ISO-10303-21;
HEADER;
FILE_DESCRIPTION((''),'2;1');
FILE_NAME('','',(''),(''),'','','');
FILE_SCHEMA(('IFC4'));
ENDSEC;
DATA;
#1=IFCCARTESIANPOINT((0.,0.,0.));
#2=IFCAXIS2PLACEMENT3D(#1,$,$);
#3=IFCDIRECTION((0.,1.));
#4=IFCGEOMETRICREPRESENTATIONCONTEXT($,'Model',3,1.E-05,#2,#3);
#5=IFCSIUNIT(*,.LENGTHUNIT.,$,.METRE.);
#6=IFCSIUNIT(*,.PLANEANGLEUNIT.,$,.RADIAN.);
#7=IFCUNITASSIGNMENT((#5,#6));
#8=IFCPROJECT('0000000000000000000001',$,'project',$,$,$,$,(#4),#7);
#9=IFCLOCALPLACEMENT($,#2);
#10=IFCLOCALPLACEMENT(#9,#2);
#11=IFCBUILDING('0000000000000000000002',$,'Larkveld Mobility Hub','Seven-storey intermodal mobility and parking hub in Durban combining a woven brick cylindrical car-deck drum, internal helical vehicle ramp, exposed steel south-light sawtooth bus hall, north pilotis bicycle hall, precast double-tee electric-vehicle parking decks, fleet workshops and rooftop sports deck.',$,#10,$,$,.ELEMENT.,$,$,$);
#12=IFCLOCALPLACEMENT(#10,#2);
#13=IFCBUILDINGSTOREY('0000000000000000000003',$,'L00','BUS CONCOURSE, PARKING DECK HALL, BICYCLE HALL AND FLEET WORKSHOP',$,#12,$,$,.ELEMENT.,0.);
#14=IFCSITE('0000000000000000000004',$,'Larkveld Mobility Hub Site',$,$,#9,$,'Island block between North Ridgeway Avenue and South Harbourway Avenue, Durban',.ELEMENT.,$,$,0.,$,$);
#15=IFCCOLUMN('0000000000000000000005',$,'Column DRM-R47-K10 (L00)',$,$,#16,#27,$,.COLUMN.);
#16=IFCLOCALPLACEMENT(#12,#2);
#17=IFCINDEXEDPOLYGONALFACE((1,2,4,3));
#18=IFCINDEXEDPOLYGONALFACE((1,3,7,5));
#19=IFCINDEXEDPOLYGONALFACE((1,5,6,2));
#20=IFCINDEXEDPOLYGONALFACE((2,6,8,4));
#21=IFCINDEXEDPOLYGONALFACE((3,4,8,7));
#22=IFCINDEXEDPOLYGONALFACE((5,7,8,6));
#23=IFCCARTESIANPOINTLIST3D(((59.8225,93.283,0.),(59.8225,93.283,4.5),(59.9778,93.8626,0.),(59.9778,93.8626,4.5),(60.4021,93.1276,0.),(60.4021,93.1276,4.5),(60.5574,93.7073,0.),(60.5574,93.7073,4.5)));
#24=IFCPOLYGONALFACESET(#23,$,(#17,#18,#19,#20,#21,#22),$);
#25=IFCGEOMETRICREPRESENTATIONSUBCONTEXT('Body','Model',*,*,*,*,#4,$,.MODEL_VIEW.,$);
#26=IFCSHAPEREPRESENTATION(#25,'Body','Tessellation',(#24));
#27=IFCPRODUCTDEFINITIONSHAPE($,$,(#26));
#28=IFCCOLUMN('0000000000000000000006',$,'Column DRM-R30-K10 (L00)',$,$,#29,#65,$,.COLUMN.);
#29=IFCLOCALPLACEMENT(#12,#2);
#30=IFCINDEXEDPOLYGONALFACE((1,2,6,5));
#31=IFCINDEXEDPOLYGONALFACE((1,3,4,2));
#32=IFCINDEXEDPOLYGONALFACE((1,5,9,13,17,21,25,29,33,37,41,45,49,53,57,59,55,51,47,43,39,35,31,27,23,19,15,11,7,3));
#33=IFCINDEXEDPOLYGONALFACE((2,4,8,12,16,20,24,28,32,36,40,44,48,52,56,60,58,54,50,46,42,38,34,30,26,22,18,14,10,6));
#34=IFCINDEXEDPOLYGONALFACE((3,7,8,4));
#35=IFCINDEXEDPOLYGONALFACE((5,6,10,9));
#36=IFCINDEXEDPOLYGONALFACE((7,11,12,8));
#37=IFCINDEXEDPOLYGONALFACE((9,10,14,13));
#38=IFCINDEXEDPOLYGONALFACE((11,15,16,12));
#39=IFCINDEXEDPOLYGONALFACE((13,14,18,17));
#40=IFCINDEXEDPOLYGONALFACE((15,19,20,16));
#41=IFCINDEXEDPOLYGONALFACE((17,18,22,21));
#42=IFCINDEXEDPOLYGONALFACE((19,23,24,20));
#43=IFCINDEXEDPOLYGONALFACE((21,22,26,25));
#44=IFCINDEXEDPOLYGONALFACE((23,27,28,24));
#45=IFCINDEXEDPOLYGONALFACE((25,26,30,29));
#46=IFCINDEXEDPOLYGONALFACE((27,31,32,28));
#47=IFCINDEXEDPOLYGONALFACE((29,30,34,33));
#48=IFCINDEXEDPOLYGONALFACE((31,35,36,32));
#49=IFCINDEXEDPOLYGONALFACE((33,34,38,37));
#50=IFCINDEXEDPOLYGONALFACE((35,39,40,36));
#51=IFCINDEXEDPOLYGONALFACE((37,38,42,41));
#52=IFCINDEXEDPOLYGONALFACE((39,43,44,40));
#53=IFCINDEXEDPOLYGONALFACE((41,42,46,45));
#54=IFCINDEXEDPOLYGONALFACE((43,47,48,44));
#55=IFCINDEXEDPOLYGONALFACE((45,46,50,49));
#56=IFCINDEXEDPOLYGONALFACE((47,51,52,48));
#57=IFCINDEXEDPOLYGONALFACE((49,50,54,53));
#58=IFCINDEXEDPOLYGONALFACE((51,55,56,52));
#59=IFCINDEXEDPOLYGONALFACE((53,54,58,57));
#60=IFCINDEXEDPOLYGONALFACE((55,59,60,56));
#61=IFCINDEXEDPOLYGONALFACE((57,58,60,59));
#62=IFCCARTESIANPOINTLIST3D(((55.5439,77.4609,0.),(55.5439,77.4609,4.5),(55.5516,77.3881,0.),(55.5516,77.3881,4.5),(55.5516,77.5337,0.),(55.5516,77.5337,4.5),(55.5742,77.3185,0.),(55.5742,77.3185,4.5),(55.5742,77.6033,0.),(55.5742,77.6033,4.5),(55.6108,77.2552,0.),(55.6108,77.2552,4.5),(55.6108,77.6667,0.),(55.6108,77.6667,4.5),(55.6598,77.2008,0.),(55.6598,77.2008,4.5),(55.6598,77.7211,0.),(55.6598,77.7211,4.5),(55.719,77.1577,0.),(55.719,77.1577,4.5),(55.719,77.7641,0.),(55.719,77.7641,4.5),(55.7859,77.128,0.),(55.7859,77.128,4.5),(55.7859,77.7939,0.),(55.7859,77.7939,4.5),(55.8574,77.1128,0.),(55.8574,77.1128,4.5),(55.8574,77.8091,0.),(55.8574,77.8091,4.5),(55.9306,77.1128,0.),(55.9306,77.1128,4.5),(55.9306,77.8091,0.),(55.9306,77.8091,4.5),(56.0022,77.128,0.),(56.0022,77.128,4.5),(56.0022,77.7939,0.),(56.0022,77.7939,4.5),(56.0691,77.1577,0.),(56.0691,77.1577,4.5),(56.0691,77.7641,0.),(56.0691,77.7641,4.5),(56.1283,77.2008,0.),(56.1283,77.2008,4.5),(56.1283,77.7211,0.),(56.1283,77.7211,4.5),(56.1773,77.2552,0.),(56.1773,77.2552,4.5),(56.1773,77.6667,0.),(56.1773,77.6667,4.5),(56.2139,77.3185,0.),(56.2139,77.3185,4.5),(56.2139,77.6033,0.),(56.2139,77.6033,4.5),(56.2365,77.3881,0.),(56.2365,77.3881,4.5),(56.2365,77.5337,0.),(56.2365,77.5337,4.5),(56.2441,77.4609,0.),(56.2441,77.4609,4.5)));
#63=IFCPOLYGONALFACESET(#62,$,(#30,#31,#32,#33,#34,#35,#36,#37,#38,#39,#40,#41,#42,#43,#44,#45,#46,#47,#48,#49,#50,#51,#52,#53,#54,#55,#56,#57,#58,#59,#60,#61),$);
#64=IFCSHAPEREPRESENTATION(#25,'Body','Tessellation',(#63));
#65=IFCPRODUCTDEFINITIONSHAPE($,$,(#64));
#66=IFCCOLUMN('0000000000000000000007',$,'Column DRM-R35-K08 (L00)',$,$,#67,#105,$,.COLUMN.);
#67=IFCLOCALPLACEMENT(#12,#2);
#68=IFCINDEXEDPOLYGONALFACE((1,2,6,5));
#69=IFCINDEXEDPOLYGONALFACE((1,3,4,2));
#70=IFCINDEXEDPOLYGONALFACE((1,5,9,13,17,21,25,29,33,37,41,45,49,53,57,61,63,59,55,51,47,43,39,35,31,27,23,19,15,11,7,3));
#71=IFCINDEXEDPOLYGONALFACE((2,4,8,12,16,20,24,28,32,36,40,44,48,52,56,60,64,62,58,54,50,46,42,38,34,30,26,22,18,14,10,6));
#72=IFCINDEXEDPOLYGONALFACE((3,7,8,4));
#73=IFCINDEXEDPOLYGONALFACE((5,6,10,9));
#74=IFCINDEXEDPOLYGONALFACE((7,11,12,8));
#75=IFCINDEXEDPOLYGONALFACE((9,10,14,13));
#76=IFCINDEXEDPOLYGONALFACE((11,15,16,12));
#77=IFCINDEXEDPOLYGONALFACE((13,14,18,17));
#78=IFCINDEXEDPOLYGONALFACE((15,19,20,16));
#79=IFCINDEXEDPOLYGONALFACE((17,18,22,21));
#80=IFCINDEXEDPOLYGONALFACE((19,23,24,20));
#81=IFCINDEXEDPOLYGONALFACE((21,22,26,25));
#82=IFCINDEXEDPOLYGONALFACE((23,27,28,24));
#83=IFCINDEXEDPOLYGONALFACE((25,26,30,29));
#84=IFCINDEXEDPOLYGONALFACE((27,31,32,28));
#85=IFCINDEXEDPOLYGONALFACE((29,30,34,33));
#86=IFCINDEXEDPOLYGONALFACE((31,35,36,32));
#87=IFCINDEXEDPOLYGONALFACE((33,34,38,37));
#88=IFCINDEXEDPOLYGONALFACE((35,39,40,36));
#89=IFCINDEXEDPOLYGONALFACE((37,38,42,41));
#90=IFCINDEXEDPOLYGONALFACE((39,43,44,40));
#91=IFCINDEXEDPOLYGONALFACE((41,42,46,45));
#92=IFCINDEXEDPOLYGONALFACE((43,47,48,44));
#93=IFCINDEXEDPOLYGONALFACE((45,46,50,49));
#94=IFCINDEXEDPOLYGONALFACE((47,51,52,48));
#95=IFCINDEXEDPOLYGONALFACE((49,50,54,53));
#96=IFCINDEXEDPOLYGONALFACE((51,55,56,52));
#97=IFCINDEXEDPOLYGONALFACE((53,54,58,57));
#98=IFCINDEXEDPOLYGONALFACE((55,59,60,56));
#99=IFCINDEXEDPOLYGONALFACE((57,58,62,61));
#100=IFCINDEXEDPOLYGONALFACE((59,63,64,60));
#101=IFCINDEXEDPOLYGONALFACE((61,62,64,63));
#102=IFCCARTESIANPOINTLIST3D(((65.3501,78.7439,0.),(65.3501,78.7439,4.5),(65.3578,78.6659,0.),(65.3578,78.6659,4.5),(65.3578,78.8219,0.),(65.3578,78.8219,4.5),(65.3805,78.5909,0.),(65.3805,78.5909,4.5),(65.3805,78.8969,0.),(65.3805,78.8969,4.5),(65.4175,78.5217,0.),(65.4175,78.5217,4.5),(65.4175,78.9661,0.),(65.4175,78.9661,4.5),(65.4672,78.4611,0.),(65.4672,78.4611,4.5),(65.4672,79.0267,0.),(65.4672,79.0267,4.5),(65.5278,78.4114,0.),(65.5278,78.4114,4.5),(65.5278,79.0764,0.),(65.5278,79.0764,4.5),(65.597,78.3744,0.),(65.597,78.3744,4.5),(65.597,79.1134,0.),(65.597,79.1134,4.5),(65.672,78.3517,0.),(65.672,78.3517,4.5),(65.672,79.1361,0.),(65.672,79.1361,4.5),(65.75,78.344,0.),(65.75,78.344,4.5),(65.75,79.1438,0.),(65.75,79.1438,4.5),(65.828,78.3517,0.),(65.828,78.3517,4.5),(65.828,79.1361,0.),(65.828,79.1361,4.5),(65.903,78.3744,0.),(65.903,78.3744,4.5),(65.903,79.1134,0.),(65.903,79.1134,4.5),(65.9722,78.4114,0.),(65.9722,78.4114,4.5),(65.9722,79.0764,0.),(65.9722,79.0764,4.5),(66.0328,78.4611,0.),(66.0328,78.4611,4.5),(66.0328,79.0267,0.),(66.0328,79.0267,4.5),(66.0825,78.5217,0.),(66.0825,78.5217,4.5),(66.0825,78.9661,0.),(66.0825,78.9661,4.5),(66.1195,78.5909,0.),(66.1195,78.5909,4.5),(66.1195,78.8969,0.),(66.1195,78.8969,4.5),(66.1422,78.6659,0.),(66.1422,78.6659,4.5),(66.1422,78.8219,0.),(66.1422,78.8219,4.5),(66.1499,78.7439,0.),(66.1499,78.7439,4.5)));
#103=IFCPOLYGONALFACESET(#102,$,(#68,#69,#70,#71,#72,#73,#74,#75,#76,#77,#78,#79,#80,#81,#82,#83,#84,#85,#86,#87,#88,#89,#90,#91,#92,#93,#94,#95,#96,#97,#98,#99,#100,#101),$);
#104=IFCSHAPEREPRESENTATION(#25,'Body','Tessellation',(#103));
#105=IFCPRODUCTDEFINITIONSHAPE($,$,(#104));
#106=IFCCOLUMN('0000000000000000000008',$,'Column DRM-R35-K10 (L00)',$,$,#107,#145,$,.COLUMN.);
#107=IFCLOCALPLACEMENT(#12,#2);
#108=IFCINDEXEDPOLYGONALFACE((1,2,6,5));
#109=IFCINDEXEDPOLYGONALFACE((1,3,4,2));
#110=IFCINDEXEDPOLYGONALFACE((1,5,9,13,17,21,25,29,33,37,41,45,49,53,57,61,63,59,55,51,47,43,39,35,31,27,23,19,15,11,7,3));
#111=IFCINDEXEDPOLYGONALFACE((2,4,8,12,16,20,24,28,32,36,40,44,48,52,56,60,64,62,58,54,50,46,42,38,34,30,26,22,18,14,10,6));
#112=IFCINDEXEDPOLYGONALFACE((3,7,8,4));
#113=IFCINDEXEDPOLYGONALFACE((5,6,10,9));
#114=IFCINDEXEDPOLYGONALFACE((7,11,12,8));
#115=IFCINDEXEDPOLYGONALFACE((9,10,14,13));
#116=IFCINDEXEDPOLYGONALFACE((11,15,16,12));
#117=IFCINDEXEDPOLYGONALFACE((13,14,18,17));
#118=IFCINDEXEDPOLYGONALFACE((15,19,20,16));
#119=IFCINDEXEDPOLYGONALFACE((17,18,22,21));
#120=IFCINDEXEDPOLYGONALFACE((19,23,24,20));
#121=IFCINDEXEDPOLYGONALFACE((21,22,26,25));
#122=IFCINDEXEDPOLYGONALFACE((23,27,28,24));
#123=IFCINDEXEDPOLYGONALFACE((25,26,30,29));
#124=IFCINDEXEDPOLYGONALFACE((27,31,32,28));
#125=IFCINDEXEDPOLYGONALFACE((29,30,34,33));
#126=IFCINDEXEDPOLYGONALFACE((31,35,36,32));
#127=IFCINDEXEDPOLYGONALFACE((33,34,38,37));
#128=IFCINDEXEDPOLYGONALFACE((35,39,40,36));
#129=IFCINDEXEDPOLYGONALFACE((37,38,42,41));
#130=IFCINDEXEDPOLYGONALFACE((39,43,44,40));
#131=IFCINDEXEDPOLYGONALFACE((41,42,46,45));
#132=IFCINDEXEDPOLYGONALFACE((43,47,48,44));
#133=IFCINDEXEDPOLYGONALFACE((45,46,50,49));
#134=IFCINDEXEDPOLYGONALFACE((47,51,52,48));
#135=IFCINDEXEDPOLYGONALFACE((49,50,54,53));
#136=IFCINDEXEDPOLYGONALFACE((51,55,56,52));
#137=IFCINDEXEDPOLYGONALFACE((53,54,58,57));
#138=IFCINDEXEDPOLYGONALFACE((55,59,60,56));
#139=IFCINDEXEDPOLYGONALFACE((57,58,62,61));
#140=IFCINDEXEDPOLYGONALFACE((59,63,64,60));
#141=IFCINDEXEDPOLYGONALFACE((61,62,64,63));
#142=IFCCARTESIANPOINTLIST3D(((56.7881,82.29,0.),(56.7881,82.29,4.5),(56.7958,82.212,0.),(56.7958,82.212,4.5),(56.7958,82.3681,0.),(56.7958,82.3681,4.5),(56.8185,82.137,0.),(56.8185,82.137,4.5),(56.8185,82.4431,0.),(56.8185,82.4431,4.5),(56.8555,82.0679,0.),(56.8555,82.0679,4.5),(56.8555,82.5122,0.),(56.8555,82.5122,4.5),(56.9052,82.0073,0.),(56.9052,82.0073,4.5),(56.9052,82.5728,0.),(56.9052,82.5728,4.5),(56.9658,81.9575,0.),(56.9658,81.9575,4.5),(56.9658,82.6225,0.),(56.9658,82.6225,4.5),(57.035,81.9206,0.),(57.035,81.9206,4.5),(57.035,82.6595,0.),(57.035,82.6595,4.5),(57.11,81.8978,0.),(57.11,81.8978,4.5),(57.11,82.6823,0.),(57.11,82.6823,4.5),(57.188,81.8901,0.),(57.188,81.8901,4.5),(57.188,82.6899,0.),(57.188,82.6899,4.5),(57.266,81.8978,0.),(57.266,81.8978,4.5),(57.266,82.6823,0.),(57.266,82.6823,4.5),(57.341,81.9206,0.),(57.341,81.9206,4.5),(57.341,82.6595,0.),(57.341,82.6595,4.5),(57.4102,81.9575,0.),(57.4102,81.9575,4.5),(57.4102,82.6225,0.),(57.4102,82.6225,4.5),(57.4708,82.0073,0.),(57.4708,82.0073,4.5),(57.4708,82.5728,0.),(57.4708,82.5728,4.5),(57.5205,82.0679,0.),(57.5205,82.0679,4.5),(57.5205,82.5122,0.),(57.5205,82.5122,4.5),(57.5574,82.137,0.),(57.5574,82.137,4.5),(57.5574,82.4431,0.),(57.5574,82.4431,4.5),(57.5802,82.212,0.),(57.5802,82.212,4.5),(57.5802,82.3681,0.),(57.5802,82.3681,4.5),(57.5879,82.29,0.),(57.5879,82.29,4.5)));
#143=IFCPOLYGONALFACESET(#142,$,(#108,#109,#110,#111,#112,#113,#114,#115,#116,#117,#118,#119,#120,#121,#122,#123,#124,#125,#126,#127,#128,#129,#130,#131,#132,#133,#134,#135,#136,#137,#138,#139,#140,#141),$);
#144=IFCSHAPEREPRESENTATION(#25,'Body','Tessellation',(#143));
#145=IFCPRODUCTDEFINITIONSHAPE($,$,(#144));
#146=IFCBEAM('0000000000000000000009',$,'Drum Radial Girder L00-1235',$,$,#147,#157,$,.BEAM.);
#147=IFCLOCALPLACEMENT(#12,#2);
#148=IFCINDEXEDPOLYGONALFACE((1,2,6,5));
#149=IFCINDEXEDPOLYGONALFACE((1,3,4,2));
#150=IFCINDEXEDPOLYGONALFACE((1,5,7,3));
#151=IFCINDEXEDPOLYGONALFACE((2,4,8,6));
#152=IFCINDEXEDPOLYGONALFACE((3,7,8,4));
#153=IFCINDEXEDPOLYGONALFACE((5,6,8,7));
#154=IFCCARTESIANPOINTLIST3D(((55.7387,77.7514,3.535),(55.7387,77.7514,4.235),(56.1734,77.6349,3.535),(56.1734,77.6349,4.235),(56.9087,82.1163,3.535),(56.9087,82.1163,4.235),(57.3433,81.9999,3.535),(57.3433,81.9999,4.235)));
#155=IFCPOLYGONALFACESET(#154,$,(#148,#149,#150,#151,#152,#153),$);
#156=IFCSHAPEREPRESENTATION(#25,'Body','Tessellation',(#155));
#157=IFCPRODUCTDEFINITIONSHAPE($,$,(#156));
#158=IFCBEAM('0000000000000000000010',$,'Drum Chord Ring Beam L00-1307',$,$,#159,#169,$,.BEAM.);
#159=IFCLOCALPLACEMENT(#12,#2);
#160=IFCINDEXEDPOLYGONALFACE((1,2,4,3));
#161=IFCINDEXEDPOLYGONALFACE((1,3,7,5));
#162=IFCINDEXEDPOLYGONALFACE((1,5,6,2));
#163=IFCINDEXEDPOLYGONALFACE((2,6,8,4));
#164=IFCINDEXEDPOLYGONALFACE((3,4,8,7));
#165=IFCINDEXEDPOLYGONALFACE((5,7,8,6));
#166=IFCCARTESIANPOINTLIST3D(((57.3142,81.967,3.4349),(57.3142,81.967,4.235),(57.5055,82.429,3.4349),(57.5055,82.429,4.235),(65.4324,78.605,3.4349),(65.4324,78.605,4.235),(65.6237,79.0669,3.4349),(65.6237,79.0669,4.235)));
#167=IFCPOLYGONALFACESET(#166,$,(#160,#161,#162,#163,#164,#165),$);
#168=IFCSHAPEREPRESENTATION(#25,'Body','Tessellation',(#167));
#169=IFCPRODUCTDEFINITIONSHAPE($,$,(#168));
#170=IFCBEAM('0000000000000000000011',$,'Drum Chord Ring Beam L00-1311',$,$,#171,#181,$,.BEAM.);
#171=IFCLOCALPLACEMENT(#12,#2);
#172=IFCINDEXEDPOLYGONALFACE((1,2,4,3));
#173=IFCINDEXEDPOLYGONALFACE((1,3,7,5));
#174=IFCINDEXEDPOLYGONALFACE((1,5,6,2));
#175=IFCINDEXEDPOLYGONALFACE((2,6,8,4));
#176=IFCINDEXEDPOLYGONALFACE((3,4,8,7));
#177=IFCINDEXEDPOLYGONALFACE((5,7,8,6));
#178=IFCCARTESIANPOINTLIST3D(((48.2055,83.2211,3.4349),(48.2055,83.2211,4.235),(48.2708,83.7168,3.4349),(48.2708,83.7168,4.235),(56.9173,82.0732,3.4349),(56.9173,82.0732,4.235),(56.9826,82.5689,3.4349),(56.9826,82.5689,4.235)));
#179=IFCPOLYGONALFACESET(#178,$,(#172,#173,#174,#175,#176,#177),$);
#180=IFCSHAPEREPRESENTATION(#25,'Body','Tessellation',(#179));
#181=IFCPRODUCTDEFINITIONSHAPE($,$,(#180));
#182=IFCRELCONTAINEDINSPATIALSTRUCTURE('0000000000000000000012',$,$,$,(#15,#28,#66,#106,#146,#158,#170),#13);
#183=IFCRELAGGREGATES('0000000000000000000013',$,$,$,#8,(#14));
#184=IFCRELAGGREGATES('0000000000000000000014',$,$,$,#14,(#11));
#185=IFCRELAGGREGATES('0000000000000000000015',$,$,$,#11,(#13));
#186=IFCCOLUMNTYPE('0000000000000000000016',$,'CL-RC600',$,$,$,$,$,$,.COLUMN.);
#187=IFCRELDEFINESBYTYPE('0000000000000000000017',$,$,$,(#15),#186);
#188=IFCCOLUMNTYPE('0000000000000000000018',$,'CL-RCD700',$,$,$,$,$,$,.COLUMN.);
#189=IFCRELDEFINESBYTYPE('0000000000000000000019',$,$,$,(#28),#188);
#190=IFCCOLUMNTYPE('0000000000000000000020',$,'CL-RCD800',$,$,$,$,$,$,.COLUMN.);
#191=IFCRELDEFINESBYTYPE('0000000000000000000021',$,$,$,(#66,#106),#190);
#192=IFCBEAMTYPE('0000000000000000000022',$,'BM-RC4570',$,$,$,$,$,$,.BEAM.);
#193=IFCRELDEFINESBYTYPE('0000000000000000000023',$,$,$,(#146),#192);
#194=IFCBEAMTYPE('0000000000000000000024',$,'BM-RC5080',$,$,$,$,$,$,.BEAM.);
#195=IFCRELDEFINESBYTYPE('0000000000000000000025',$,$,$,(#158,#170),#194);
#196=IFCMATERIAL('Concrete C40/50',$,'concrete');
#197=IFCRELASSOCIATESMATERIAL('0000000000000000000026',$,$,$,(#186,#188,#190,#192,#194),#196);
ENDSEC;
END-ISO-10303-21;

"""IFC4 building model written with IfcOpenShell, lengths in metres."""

from ifc_helpers import new_model, si_unit, direction, frame, origin, origin_2d, place, context, subcontext, project, spatial, rectangle, circle, extrude, material, material_profile, profile_set, type_object, element, save


model = new_model("IFC4")

# Units and contexts
model_context = context("Model", 3, precision=1e-05, world=origin(), true_north=direction((0.0, 1.0)))
body_context = subcontext(model_context, "Body", "Model", "MODEL_VIEW")
ifc_project = project(units=[si_unit("LENGTHUNIT", "METRE"), si_unit("PLANEANGLEUNIT", "RADIAN")], contexts=[model_context])

# Site, building, storey
site_placement = place(None, origin())
site = spatial("IfcSite", under=ifc_project, at=site_placement, Name="Larkveld Mobility Hub Site", LongName="Island block between North Ridgeway Avenue and South Harbourway Avenue, Durban", CompositionType="ELEMENT", RefElevation=0.0)
building_placement = place(site_placement, origin())
building = spatial("IfcBuilding", under=site, at=building_placement, Name="Larkveld Mobility Hub", Description="Seven-storey intermodal mobility and parking hub in Durban combining a woven brick cylindrical car-deck drum, internal helical vehicle ramp, exposed steel south-light sawtooth bus hall, north pilotis bicycle hall, precast double-tee electric-vehicle parking decks, fleet workshops and rooftop sports deck.", CompositionType="ELEMENT")
storey_placement = place(building_placement, origin())
storey = spatial("IfcBuildingStorey", under=building, at=storey_placement, Name="L00", Description="BUS CONCOURSE, PARKING DECK HALL, BICYCLE HALL AND FLEET WORKSHOP", CompositionType="ELEMENT", Elevation=0.0)

# Columns
ifc_material_1 = material(Name="Concrete C40/50", Category="concrete")
ifc_material_profile_1 = material_profile(ifc_material_1, rectangle(XDim=0.6001, YDim=0.6001, at=origin_2d()), Name="RC COL 600x600")
ifc_profile_set_1 = profile_set([ifc_material_profile_1], Name="Concrete C40/50")
column_type_1 = type_object("IfcColumnType", Name="CL-RC600", PredefinedType="COLUMN", material=ifc_profile_set_1)
column_1_placement = place(storey_placement, frame((60.1899, 93.4951, 0.0), z_axis=(0.0, 0.0, 1.0), x_axis=(0.258819, 0.965926, 0.0)))
element("IfcColumn", 1, at=column_1_placement, inside=storey, type_object=column_type_1, Name="Column DRM-R47-K10 (L00)", PredefinedType="COLUMN", context=body_context, shape_type="SweptSolid", body=[
    extrude(rectangle(XDim=0.6001, YDim=0.6001, at=origin_2d()), origin(), (0.0, 0.0, 1.0), 4.5),
])
ifc_material_profile_2 = material_profile(ifc_material_1, circle(Radius=0.3501, at=origin_2d()), Name="RC COL D700")
ifc_profile_set_2 = profile_set([ifc_material_profile_2], Name="Concrete C40/50")
column_type_2 = type_object("IfcColumnType", Name="CL-RCD700", PredefinedType="COLUMN", material=ifc_profile_set_2)
column_2_placement = place(storey_placement, frame((55.894, 77.4609, 0.0), z_axis=(0.0, 0.0, 1.0), x_axis=(1.0, 0.0, 0.0)))
element("IfcColumn", 2, at=column_2_placement, inside=storey, type_object=column_type_2, Name="Column DRM-R30-K10 (L00)", PredefinedType="COLUMN", context=body_context, shape_type="SweptSolid", body=[
    extrude(circle(Radius=0.3501, at=origin_2d()), origin(), (0.0, 0.0, 1.0), 4.5),
])
ifc_material_profile_3 = material_profile(ifc_material_1, circle(Radius=0.3999, at=origin_2d()), Name="RC COL D800")
ifc_profile_set_3 = profile_set([ifc_material_profile_3], Name="Concrete C40/50")
column_type_3 = type_object("IfcColumnType", Name="CL-RCD800", PredefinedType="COLUMN", material=ifc_profile_set_3)
for number, where, z_axis, x_axis, name in (
    (3, (65.75, 78.7439, 0.0), (0.0, 0.0, 1.0), (1.0, 0.0, 0.0), "Column DRM-R35-K08 (L00)"),
    (4, (57.188, 82.29, 0.0), (0.0, 0.0, 1.0), (1.0, 0.0, 0.0), "Column DRM-R35-K10 (L00)"),
):
    element("IfcColumn", number, at=place(storey_placement, frame(where, z_axis=z_axis, x_axis=x_axis)), inside=storey, type_object=column_type_3, Name=name, PredefinedType="COLUMN", context=body_context, shape_type="SweptSolid", body=[
        extrude(circle(Radius=0.3999, at=origin_2d()), origin(), (0.0, 0.0, 1.0), 4.5),
    ])

# Beams
ifc_material_profile_4 = material_profile(ifc_material_1, rectangle(XDim=0.45, YDim=0.7, at=origin_2d()), Name="RC BM 450x700")
ifc_profile_set_4 = profile_set([ifc_material_profile_4], Name="Concrete C40/50")
beam_type_1 = type_object("IfcBeamType", Name="BM-RC4570", PredefinedType="BEAM", material=ifc_profile_set_4)
beam_1_placement = place(storey_placement, frame((55.9561, 77.6931, 3.885), z_axis=(0.258886, 0.965908, 0.0), x_axis=(-0.965908, 0.258886, 0.0)))
element("IfcBeam", 5, at=beam_1_placement, inside=storey, type_object=beam_type_1, Name="Drum Radial Girder L00-1235", PredefinedType="BEAM", context=body_context, shape_type="SweptSolid", body=[
    extrude(rectangle(XDim=0.45, YDim=0.7, at=origin_2d()), origin(), (0.0, 0.0, 1.0), 4.519),
])
ifc_material_profile_5 = material_profile(ifc_material_1, rectangle(XDim=0.5, YDim=0.8, at=origin_2d()), Name="RC BM 500x800")
ifc_profile_set_5 = profile_set([ifc_material_profile_5], Name="Concrete C40/50")
beam_type_2 = type_object("IfcBeamType", Name="BM-RC5080", PredefinedType="BEAM", material=ifc_profile_set_5)
beam_2_placement = place(storey_placement, frame((65.5281, 78.8359, 3.835), z_axis=(-0.923903, 0.382626, 0.0), x_axis=(-0.382626, -0.923903, 0.0)))
element("IfcBeam", 6, at=beam_2_placement, inside=storey, type_object=beam_type_2, Name="Drum Chord Ring Beam L00-1307", PredefinedType="BEAM", context=body_context, shape_type="SweptSolid", body=[
    extrude(rectangle(XDim=0.5, YDim=0.8, at=origin_2d()), origin(), (0.0, 0.0, 1.0), 8.7869),
])
beam_3_placement = place(storey_placement, frame((56.95, 82.321, 3.835), z_axis=(-0.99143, 0.130638, 0.0), x_axis=(-0.130638, -0.99143, 0.0)))
element("IfcBeam", 7, at=beam_3_placement, inside=storey, type_object=beam_type_2, Name="Drum Chord Ring Beam L00-1311", PredefinedType="BEAM", context=body_context, shape_type="SweptSolid", body=[
    extrude(rectangle(XDim=0.5, YDim=0.8, at=origin_2d()), origin(), (0.0, 0.0, 1.0), 8.7871),
])

save(model, "model.ifc")
